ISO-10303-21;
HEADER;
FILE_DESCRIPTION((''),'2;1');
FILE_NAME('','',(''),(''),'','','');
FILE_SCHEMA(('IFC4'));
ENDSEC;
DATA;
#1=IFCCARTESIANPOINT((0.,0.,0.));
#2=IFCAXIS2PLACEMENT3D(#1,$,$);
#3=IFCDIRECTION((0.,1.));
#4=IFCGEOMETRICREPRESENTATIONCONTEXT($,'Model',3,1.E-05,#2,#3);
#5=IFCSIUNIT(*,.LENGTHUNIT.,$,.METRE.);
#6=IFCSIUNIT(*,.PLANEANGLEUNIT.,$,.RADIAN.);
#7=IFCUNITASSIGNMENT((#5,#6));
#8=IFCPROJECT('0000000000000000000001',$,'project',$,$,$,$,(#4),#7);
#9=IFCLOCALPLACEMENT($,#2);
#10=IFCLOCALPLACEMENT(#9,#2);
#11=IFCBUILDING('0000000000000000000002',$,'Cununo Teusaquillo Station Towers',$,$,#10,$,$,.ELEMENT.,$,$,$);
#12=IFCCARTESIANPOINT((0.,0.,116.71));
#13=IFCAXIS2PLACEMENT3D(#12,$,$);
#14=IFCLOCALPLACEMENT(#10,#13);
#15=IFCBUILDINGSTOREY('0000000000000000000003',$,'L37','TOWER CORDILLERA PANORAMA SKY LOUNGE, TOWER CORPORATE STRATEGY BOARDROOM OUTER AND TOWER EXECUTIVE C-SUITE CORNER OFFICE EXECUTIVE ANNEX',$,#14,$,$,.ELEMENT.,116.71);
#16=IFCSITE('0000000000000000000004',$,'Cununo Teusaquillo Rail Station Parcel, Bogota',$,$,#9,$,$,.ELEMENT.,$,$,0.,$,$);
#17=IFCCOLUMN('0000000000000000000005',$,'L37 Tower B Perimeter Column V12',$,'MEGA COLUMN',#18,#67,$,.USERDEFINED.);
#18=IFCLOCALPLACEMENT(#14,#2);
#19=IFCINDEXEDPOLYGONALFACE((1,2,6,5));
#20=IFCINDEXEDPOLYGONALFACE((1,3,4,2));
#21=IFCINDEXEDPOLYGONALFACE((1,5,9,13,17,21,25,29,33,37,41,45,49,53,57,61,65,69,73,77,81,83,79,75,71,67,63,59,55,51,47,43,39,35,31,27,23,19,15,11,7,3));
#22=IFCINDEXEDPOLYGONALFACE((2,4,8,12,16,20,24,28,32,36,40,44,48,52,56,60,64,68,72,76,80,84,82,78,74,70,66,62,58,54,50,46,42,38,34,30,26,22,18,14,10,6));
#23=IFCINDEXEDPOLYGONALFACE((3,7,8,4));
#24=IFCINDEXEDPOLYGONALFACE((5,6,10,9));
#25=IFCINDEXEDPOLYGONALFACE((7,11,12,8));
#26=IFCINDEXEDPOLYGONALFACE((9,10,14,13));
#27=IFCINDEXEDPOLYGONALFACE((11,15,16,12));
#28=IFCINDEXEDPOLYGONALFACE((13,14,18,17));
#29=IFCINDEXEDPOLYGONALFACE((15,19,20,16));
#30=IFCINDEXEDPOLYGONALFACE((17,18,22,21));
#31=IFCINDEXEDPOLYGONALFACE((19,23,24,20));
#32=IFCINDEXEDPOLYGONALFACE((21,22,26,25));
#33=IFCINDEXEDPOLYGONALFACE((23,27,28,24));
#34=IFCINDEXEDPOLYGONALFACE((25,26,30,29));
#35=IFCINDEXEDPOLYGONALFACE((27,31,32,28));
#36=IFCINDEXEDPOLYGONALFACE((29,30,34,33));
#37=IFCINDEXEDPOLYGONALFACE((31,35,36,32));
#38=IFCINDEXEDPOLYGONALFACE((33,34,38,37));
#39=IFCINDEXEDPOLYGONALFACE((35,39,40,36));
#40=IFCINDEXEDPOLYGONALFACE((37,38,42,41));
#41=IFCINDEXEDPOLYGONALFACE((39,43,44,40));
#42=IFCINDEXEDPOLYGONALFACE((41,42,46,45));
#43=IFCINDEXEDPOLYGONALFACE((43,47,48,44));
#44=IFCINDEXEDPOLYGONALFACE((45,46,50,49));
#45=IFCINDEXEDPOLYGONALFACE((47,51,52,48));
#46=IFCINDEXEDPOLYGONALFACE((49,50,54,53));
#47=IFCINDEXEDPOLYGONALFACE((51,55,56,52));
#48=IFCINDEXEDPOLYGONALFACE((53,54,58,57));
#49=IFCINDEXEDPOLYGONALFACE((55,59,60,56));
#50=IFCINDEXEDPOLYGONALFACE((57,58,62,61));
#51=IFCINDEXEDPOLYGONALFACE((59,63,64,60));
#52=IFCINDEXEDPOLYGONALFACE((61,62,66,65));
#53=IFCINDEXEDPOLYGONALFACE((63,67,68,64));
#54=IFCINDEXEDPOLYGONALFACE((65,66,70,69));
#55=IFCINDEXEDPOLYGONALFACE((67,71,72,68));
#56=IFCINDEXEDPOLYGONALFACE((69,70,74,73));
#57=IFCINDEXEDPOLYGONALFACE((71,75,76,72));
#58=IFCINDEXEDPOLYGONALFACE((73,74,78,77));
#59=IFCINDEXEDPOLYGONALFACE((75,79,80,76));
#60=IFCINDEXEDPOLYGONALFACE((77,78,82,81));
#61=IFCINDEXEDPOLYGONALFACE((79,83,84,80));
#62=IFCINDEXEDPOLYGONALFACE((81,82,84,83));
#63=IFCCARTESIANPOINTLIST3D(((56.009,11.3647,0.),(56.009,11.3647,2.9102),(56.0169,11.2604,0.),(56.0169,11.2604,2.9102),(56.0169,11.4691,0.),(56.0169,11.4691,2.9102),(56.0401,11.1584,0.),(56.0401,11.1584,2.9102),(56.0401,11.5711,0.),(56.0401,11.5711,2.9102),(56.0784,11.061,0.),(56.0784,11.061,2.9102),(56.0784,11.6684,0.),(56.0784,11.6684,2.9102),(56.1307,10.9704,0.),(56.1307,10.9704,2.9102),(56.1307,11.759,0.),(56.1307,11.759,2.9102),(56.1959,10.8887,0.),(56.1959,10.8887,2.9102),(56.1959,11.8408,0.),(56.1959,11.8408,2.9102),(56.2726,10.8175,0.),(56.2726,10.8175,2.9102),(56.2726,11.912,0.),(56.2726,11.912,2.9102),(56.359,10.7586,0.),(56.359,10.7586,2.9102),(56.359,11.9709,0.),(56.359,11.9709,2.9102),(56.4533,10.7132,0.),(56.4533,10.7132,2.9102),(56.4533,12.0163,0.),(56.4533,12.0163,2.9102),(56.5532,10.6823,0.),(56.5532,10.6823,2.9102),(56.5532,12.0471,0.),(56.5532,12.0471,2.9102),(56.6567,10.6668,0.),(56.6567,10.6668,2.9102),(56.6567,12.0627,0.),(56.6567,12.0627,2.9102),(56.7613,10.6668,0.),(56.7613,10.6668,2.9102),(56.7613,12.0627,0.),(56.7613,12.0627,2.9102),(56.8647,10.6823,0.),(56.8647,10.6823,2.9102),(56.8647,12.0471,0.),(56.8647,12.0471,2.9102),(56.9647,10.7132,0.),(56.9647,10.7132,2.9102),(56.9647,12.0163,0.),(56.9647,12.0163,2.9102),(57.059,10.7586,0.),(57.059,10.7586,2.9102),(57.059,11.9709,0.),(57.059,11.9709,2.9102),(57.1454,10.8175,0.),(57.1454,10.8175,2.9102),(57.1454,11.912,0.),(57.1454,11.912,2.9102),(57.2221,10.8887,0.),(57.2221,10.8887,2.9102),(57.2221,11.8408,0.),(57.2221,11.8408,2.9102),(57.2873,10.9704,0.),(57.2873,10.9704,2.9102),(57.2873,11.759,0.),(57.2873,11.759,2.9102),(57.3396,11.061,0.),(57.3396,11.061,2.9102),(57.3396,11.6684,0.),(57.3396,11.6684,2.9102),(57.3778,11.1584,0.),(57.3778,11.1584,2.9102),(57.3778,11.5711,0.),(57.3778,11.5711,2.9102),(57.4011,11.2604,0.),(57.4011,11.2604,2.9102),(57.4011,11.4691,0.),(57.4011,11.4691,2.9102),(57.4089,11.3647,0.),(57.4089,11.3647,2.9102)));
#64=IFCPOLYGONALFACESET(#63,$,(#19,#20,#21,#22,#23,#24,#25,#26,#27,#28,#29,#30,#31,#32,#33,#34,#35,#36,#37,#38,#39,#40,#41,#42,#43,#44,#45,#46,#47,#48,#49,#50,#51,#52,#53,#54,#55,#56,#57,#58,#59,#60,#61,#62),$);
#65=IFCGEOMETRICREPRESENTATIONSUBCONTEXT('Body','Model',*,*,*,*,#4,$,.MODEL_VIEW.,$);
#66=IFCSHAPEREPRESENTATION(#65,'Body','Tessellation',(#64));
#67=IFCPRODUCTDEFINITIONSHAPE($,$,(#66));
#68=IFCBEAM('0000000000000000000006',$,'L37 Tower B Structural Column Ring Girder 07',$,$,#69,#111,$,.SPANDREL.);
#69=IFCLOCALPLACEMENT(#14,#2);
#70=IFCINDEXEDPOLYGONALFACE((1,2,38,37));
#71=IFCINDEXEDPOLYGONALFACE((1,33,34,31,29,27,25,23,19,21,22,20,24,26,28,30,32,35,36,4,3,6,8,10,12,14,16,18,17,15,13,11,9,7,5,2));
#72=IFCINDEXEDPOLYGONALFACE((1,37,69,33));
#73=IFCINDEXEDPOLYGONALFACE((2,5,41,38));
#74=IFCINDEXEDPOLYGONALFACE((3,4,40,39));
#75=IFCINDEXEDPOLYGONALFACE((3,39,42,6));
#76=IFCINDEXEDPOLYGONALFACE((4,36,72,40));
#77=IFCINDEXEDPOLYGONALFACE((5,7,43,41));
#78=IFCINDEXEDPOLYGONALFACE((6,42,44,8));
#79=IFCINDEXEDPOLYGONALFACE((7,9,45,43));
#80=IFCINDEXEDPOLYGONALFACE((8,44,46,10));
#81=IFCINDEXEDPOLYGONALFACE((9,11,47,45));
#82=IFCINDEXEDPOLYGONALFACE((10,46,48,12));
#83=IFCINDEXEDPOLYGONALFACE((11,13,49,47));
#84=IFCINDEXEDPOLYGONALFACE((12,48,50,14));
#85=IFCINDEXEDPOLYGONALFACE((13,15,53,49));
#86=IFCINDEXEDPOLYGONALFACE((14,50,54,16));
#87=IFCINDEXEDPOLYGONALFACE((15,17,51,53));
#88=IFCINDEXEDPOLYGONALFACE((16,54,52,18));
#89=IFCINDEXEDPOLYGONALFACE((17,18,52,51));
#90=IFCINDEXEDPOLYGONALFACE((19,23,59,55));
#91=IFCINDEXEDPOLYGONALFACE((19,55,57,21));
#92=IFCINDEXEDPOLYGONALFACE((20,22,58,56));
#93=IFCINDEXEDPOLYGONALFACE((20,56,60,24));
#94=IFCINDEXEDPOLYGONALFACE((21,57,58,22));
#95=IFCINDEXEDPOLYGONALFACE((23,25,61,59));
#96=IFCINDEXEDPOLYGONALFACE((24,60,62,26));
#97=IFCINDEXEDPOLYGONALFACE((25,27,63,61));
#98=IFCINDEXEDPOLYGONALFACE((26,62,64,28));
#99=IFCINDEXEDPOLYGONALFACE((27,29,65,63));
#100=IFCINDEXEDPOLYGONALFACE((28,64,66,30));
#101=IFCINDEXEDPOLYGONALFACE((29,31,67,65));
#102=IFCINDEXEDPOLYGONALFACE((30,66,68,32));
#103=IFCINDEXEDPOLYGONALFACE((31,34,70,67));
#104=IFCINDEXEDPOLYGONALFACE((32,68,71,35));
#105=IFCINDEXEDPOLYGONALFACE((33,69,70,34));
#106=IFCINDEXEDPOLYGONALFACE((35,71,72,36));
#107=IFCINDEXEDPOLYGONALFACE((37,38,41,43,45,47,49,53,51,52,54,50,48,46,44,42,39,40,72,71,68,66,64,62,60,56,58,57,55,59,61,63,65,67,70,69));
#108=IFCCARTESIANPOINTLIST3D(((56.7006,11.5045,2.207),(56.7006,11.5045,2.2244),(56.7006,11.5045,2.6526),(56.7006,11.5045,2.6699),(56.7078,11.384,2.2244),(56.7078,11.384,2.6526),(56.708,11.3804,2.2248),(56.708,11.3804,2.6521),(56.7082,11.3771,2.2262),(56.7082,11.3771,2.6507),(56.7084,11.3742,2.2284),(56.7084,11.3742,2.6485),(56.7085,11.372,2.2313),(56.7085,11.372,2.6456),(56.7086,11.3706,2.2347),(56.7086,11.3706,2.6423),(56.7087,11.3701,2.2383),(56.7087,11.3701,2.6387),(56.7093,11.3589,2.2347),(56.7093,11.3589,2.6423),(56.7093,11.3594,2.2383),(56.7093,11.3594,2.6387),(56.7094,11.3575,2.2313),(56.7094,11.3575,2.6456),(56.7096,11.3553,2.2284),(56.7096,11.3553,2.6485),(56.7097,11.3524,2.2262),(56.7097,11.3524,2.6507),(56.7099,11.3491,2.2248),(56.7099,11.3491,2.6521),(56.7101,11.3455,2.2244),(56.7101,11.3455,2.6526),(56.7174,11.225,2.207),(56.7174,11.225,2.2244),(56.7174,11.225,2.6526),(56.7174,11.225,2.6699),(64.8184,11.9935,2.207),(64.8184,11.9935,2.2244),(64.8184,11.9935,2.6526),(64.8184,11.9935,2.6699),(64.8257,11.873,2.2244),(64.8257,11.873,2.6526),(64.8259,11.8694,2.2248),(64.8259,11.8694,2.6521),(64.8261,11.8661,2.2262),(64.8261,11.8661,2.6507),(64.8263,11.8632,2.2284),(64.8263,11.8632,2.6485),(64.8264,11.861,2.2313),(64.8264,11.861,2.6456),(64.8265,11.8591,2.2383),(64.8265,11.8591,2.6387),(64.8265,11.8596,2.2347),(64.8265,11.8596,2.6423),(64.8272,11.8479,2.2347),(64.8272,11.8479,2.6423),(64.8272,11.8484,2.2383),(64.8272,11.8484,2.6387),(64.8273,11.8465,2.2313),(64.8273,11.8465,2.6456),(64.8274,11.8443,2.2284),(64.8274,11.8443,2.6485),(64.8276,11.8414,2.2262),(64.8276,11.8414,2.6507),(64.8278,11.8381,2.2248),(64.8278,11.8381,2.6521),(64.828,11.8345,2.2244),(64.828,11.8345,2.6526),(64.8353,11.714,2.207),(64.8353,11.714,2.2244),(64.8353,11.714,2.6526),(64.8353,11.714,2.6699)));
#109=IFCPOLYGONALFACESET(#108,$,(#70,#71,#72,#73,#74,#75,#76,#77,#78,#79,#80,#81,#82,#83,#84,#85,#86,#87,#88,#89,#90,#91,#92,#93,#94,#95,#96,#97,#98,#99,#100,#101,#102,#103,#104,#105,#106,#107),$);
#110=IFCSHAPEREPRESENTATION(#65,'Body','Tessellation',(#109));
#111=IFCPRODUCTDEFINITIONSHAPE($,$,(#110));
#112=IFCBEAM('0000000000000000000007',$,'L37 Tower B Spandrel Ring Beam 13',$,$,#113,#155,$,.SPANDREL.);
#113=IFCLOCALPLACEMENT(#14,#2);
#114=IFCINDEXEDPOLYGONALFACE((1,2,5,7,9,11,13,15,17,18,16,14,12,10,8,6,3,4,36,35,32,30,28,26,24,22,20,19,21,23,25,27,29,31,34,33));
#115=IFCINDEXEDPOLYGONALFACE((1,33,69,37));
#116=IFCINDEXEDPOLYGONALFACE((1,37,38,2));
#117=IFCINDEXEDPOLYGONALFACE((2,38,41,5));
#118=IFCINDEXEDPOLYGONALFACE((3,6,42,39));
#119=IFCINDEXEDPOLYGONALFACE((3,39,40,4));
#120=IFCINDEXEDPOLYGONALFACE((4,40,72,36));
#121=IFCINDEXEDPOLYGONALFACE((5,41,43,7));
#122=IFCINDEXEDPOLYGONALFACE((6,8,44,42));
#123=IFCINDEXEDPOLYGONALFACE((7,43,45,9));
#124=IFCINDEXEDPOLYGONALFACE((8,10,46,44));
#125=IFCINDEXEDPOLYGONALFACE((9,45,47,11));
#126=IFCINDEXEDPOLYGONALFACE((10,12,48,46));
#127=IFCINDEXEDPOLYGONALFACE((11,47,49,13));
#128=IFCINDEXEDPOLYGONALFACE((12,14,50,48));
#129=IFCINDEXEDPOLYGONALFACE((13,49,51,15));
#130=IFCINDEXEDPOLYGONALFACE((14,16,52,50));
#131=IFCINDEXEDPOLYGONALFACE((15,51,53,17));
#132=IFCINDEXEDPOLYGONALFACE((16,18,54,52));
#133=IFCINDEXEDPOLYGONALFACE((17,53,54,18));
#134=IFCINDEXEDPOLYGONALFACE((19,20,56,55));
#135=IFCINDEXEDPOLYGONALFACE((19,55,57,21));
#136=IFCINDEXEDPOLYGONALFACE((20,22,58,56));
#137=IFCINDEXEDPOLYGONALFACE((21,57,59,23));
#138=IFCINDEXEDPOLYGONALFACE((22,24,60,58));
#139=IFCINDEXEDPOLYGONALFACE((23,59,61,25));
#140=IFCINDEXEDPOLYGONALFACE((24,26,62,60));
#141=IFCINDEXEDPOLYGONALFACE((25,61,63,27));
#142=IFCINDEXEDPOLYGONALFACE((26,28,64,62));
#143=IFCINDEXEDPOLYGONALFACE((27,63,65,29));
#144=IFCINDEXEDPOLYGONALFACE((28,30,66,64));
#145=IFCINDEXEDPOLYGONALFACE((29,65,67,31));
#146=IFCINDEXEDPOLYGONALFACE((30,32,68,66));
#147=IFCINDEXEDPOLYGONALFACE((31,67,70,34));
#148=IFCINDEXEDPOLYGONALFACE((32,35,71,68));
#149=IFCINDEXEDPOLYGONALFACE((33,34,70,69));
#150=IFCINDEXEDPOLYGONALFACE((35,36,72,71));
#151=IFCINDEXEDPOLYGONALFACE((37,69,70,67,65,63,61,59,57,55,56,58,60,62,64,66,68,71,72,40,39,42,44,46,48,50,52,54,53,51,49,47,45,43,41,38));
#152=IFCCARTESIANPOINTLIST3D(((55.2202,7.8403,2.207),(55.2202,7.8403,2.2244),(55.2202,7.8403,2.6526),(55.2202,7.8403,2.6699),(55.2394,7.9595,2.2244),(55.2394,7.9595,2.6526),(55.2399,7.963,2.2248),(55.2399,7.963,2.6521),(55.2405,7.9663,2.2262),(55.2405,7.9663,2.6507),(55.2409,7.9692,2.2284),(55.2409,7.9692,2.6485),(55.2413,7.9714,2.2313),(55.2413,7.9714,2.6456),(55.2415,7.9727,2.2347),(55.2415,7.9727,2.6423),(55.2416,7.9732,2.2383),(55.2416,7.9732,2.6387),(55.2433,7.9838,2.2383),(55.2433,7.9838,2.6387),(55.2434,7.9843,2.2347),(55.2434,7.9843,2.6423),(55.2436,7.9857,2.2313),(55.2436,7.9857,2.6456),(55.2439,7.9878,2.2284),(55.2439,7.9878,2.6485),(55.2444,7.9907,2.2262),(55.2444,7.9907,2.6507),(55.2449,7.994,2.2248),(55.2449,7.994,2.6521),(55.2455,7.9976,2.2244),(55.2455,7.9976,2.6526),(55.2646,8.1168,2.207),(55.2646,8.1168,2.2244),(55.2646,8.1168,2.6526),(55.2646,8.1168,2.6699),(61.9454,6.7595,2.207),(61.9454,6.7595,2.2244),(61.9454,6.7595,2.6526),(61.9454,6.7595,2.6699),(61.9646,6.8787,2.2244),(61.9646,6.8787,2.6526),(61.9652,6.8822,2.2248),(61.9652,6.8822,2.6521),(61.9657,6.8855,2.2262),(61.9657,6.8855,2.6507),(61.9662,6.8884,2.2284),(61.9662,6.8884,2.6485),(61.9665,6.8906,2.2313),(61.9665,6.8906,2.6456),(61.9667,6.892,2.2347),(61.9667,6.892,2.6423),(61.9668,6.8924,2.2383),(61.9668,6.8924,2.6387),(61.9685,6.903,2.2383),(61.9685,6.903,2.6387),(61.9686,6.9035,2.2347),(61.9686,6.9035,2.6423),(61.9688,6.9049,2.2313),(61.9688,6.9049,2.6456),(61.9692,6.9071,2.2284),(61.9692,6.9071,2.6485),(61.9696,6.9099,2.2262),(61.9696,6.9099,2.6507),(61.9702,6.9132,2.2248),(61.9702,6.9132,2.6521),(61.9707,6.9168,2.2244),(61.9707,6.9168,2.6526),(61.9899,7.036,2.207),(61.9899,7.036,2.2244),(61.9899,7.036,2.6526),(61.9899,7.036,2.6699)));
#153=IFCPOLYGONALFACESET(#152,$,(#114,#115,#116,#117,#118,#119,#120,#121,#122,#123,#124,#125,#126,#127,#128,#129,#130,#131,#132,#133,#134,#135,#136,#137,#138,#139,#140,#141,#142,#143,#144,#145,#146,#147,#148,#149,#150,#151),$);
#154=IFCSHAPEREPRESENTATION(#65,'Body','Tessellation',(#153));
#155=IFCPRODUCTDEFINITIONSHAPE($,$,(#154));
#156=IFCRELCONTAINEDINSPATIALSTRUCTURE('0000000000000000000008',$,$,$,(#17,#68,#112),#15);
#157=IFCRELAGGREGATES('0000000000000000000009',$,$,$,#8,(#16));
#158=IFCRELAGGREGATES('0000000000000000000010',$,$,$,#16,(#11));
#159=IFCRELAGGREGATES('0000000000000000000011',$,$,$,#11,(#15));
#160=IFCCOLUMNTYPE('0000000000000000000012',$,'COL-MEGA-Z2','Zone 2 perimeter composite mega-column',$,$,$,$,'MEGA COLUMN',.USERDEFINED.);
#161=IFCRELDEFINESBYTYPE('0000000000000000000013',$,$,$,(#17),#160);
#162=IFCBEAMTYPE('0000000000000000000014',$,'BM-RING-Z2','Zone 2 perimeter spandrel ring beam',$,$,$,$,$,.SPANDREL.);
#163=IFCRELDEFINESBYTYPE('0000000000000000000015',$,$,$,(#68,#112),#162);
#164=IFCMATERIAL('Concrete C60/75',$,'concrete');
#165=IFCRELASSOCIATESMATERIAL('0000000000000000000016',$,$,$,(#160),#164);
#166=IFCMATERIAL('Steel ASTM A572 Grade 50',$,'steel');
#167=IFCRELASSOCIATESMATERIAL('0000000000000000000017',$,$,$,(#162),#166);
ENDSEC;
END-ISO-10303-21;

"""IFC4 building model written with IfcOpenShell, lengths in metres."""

from ifc_helpers import new_model, si_unit, direction, frame, origin, origin_2d, place, context, subcontext, project, spatial, circle, i_section, extrude, material, material_profile, profile_set, type_object, element, save


model = new_model("IFC4")

# Units and contexts
model_context = context("Model", 3, precision=1e-05, world=origin(), true_north=direction((0.0, 1.0)))
body_context = subcontext(model_context, "Body", "Model", "MODEL_VIEW")
ifc_project = project(units=[si_unit("LENGTHUNIT", "METRE"), si_unit("PLANEANGLEUNIT", "RADIAN")], contexts=[model_context])

# Site, building, storey
site_placement = place(None, origin())
site = spatial("IfcSite", under=ifc_project, at=site_placement, Name="Cununo Teusaquillo Rail Station Parcel, Bogota", CompositionType="ELEMENT", RefElevation=0.0)
building_placement = place(site_placement, origin())
building = spatial("IfcBuilding", under=site, at=building_placement, Name="Cununo Teusaquillo Station Towers", CompositionType="ELEMENT")
storey_placement = place(building_placement, frame((0.0, 0.0, 116.71)))
storey = spatial("IfcBuildingStorey", under=building, at=storey_placement, Name="L37", Description="TOWER CORDILLERA PANORAMA SKY LOUNGE, TOWER CORPORATE STRATEGY BOARDROOM OUTER AND TOWER EXECUTIVE C-SUITE CORNER OFFICE EXECUTIVE ANNEX", CompositionType="ELEMENT", Elevation=116.71)

# Column
ifc_material_1 = material(Name="Concrete C60/75", Category="concrete")
ifc_material_profile_1 = material_profile(ifc_material_1, circle(Radius=0.7, at=origin_2d()), Name="RC-CIRC-1400")
ifc_profile_set_1 = profile_set([ifc_material_profile_1], Name="Concrete C60/75")
column_type = type_object("IfcColumnType", Name="COL-MEGA-Z2", Description="Zone 2 perimeter composite mega-column", ElementType="MEGA COLUMN", PredefinedType="USERDEFINED", material=ifc_profile_set_1)
column_placement = place(storey_placement, frame((56.709, 11.3647, 0.0), z_axis=(0.0, 0.0, 1.0), x_axis=(1.0, 0.0, 0.0)))
element("IfcColumn", 1, at=column_placement, inside=storey, type_object=column_type, Name="L37 Tower B Perimeter Column V12", ObjectType="MEGA COLUMN", PredefinedType="USERDEFINED", context=body_context, shape_type="SweptSolid", body=[
    extrude(circle(Radius=0.7, at=origin_2d()), origin(), (0.0, 0.0, 1.0), 2.9102),
])

# Beams
ifc_material_2 = material(Name="Steel ASTM A572 Grade 50", Category="steel")
ifc_material_profile_2 = material_profile(ifc_material_2, i_section(OverallWidth=0.28, OverallDepth=0.4629, WebThickness=0.0107, FlangeThickness=0.0173, FilletRadius=0.0139, at=origin_2d()), Name="W18X76")
ifc_profile_set_2 = profile_set([ifc_material_profile_2], Name="Steel ASTM A572 Grade 50")
beam_type = type_object("IfcBeamType", Name="BM-RING-Z2", Description="Zone 2 perimeter spandrel ring beam", PredefinedType="SPANDREL", material=ifc_profile_set_2)
beam_1_placement = place(storey_placement, frame((56.709, 11.3647, 2.4385), z_axis=(0.998191, 0.06013, 0.0), x_axis=(-0.06013, 0.998191, 0.0)))
element("IfcBeam", 2, at=beam_1_placement, inside=storey, type_object=beam_type, Name="L37 Tower B Structural Column Ring Girder 07", PredefinedType="SPANDREL", context=body_context, shape_type="SweptSolid", body=[
    extrude(i_section(OverallWidth=0.28, OverallDepth=0.4629, WebThickness=0.0107, FlangeThickness=0.0173, FilletRadius=0.0139, at=origin_2d()), origin(), (0.0, 0.0, 1.0), 8.1326),
])
beam_2_placement = place(storey_placement, frame((55.2424, 7.9785, 2.4385), z_axis=(0.987331, -0.158671, 0.0), x_axis=(0.158671, 0.987331, 0.0)))
element("IfcBeam", 3, at=beam_2_placement, inside=storey, type_object=beam_type, Name="L37 Tower B Spandrel Ring Beam 13", PredefinedType="SPANDREL", context=body_context, shape_type="SweptSolid", body=[
    extrude(i_section(OverallWidth=0.28, OverallDepth=0.4629, WebThickness=0.0107, FlangeThickness=0.0173, FilletRadius=0.0139, at=origin_2d()), origin(), (0.0, 0.0, 1.0), 6.8115),
])

save(model, "model.ifc")
